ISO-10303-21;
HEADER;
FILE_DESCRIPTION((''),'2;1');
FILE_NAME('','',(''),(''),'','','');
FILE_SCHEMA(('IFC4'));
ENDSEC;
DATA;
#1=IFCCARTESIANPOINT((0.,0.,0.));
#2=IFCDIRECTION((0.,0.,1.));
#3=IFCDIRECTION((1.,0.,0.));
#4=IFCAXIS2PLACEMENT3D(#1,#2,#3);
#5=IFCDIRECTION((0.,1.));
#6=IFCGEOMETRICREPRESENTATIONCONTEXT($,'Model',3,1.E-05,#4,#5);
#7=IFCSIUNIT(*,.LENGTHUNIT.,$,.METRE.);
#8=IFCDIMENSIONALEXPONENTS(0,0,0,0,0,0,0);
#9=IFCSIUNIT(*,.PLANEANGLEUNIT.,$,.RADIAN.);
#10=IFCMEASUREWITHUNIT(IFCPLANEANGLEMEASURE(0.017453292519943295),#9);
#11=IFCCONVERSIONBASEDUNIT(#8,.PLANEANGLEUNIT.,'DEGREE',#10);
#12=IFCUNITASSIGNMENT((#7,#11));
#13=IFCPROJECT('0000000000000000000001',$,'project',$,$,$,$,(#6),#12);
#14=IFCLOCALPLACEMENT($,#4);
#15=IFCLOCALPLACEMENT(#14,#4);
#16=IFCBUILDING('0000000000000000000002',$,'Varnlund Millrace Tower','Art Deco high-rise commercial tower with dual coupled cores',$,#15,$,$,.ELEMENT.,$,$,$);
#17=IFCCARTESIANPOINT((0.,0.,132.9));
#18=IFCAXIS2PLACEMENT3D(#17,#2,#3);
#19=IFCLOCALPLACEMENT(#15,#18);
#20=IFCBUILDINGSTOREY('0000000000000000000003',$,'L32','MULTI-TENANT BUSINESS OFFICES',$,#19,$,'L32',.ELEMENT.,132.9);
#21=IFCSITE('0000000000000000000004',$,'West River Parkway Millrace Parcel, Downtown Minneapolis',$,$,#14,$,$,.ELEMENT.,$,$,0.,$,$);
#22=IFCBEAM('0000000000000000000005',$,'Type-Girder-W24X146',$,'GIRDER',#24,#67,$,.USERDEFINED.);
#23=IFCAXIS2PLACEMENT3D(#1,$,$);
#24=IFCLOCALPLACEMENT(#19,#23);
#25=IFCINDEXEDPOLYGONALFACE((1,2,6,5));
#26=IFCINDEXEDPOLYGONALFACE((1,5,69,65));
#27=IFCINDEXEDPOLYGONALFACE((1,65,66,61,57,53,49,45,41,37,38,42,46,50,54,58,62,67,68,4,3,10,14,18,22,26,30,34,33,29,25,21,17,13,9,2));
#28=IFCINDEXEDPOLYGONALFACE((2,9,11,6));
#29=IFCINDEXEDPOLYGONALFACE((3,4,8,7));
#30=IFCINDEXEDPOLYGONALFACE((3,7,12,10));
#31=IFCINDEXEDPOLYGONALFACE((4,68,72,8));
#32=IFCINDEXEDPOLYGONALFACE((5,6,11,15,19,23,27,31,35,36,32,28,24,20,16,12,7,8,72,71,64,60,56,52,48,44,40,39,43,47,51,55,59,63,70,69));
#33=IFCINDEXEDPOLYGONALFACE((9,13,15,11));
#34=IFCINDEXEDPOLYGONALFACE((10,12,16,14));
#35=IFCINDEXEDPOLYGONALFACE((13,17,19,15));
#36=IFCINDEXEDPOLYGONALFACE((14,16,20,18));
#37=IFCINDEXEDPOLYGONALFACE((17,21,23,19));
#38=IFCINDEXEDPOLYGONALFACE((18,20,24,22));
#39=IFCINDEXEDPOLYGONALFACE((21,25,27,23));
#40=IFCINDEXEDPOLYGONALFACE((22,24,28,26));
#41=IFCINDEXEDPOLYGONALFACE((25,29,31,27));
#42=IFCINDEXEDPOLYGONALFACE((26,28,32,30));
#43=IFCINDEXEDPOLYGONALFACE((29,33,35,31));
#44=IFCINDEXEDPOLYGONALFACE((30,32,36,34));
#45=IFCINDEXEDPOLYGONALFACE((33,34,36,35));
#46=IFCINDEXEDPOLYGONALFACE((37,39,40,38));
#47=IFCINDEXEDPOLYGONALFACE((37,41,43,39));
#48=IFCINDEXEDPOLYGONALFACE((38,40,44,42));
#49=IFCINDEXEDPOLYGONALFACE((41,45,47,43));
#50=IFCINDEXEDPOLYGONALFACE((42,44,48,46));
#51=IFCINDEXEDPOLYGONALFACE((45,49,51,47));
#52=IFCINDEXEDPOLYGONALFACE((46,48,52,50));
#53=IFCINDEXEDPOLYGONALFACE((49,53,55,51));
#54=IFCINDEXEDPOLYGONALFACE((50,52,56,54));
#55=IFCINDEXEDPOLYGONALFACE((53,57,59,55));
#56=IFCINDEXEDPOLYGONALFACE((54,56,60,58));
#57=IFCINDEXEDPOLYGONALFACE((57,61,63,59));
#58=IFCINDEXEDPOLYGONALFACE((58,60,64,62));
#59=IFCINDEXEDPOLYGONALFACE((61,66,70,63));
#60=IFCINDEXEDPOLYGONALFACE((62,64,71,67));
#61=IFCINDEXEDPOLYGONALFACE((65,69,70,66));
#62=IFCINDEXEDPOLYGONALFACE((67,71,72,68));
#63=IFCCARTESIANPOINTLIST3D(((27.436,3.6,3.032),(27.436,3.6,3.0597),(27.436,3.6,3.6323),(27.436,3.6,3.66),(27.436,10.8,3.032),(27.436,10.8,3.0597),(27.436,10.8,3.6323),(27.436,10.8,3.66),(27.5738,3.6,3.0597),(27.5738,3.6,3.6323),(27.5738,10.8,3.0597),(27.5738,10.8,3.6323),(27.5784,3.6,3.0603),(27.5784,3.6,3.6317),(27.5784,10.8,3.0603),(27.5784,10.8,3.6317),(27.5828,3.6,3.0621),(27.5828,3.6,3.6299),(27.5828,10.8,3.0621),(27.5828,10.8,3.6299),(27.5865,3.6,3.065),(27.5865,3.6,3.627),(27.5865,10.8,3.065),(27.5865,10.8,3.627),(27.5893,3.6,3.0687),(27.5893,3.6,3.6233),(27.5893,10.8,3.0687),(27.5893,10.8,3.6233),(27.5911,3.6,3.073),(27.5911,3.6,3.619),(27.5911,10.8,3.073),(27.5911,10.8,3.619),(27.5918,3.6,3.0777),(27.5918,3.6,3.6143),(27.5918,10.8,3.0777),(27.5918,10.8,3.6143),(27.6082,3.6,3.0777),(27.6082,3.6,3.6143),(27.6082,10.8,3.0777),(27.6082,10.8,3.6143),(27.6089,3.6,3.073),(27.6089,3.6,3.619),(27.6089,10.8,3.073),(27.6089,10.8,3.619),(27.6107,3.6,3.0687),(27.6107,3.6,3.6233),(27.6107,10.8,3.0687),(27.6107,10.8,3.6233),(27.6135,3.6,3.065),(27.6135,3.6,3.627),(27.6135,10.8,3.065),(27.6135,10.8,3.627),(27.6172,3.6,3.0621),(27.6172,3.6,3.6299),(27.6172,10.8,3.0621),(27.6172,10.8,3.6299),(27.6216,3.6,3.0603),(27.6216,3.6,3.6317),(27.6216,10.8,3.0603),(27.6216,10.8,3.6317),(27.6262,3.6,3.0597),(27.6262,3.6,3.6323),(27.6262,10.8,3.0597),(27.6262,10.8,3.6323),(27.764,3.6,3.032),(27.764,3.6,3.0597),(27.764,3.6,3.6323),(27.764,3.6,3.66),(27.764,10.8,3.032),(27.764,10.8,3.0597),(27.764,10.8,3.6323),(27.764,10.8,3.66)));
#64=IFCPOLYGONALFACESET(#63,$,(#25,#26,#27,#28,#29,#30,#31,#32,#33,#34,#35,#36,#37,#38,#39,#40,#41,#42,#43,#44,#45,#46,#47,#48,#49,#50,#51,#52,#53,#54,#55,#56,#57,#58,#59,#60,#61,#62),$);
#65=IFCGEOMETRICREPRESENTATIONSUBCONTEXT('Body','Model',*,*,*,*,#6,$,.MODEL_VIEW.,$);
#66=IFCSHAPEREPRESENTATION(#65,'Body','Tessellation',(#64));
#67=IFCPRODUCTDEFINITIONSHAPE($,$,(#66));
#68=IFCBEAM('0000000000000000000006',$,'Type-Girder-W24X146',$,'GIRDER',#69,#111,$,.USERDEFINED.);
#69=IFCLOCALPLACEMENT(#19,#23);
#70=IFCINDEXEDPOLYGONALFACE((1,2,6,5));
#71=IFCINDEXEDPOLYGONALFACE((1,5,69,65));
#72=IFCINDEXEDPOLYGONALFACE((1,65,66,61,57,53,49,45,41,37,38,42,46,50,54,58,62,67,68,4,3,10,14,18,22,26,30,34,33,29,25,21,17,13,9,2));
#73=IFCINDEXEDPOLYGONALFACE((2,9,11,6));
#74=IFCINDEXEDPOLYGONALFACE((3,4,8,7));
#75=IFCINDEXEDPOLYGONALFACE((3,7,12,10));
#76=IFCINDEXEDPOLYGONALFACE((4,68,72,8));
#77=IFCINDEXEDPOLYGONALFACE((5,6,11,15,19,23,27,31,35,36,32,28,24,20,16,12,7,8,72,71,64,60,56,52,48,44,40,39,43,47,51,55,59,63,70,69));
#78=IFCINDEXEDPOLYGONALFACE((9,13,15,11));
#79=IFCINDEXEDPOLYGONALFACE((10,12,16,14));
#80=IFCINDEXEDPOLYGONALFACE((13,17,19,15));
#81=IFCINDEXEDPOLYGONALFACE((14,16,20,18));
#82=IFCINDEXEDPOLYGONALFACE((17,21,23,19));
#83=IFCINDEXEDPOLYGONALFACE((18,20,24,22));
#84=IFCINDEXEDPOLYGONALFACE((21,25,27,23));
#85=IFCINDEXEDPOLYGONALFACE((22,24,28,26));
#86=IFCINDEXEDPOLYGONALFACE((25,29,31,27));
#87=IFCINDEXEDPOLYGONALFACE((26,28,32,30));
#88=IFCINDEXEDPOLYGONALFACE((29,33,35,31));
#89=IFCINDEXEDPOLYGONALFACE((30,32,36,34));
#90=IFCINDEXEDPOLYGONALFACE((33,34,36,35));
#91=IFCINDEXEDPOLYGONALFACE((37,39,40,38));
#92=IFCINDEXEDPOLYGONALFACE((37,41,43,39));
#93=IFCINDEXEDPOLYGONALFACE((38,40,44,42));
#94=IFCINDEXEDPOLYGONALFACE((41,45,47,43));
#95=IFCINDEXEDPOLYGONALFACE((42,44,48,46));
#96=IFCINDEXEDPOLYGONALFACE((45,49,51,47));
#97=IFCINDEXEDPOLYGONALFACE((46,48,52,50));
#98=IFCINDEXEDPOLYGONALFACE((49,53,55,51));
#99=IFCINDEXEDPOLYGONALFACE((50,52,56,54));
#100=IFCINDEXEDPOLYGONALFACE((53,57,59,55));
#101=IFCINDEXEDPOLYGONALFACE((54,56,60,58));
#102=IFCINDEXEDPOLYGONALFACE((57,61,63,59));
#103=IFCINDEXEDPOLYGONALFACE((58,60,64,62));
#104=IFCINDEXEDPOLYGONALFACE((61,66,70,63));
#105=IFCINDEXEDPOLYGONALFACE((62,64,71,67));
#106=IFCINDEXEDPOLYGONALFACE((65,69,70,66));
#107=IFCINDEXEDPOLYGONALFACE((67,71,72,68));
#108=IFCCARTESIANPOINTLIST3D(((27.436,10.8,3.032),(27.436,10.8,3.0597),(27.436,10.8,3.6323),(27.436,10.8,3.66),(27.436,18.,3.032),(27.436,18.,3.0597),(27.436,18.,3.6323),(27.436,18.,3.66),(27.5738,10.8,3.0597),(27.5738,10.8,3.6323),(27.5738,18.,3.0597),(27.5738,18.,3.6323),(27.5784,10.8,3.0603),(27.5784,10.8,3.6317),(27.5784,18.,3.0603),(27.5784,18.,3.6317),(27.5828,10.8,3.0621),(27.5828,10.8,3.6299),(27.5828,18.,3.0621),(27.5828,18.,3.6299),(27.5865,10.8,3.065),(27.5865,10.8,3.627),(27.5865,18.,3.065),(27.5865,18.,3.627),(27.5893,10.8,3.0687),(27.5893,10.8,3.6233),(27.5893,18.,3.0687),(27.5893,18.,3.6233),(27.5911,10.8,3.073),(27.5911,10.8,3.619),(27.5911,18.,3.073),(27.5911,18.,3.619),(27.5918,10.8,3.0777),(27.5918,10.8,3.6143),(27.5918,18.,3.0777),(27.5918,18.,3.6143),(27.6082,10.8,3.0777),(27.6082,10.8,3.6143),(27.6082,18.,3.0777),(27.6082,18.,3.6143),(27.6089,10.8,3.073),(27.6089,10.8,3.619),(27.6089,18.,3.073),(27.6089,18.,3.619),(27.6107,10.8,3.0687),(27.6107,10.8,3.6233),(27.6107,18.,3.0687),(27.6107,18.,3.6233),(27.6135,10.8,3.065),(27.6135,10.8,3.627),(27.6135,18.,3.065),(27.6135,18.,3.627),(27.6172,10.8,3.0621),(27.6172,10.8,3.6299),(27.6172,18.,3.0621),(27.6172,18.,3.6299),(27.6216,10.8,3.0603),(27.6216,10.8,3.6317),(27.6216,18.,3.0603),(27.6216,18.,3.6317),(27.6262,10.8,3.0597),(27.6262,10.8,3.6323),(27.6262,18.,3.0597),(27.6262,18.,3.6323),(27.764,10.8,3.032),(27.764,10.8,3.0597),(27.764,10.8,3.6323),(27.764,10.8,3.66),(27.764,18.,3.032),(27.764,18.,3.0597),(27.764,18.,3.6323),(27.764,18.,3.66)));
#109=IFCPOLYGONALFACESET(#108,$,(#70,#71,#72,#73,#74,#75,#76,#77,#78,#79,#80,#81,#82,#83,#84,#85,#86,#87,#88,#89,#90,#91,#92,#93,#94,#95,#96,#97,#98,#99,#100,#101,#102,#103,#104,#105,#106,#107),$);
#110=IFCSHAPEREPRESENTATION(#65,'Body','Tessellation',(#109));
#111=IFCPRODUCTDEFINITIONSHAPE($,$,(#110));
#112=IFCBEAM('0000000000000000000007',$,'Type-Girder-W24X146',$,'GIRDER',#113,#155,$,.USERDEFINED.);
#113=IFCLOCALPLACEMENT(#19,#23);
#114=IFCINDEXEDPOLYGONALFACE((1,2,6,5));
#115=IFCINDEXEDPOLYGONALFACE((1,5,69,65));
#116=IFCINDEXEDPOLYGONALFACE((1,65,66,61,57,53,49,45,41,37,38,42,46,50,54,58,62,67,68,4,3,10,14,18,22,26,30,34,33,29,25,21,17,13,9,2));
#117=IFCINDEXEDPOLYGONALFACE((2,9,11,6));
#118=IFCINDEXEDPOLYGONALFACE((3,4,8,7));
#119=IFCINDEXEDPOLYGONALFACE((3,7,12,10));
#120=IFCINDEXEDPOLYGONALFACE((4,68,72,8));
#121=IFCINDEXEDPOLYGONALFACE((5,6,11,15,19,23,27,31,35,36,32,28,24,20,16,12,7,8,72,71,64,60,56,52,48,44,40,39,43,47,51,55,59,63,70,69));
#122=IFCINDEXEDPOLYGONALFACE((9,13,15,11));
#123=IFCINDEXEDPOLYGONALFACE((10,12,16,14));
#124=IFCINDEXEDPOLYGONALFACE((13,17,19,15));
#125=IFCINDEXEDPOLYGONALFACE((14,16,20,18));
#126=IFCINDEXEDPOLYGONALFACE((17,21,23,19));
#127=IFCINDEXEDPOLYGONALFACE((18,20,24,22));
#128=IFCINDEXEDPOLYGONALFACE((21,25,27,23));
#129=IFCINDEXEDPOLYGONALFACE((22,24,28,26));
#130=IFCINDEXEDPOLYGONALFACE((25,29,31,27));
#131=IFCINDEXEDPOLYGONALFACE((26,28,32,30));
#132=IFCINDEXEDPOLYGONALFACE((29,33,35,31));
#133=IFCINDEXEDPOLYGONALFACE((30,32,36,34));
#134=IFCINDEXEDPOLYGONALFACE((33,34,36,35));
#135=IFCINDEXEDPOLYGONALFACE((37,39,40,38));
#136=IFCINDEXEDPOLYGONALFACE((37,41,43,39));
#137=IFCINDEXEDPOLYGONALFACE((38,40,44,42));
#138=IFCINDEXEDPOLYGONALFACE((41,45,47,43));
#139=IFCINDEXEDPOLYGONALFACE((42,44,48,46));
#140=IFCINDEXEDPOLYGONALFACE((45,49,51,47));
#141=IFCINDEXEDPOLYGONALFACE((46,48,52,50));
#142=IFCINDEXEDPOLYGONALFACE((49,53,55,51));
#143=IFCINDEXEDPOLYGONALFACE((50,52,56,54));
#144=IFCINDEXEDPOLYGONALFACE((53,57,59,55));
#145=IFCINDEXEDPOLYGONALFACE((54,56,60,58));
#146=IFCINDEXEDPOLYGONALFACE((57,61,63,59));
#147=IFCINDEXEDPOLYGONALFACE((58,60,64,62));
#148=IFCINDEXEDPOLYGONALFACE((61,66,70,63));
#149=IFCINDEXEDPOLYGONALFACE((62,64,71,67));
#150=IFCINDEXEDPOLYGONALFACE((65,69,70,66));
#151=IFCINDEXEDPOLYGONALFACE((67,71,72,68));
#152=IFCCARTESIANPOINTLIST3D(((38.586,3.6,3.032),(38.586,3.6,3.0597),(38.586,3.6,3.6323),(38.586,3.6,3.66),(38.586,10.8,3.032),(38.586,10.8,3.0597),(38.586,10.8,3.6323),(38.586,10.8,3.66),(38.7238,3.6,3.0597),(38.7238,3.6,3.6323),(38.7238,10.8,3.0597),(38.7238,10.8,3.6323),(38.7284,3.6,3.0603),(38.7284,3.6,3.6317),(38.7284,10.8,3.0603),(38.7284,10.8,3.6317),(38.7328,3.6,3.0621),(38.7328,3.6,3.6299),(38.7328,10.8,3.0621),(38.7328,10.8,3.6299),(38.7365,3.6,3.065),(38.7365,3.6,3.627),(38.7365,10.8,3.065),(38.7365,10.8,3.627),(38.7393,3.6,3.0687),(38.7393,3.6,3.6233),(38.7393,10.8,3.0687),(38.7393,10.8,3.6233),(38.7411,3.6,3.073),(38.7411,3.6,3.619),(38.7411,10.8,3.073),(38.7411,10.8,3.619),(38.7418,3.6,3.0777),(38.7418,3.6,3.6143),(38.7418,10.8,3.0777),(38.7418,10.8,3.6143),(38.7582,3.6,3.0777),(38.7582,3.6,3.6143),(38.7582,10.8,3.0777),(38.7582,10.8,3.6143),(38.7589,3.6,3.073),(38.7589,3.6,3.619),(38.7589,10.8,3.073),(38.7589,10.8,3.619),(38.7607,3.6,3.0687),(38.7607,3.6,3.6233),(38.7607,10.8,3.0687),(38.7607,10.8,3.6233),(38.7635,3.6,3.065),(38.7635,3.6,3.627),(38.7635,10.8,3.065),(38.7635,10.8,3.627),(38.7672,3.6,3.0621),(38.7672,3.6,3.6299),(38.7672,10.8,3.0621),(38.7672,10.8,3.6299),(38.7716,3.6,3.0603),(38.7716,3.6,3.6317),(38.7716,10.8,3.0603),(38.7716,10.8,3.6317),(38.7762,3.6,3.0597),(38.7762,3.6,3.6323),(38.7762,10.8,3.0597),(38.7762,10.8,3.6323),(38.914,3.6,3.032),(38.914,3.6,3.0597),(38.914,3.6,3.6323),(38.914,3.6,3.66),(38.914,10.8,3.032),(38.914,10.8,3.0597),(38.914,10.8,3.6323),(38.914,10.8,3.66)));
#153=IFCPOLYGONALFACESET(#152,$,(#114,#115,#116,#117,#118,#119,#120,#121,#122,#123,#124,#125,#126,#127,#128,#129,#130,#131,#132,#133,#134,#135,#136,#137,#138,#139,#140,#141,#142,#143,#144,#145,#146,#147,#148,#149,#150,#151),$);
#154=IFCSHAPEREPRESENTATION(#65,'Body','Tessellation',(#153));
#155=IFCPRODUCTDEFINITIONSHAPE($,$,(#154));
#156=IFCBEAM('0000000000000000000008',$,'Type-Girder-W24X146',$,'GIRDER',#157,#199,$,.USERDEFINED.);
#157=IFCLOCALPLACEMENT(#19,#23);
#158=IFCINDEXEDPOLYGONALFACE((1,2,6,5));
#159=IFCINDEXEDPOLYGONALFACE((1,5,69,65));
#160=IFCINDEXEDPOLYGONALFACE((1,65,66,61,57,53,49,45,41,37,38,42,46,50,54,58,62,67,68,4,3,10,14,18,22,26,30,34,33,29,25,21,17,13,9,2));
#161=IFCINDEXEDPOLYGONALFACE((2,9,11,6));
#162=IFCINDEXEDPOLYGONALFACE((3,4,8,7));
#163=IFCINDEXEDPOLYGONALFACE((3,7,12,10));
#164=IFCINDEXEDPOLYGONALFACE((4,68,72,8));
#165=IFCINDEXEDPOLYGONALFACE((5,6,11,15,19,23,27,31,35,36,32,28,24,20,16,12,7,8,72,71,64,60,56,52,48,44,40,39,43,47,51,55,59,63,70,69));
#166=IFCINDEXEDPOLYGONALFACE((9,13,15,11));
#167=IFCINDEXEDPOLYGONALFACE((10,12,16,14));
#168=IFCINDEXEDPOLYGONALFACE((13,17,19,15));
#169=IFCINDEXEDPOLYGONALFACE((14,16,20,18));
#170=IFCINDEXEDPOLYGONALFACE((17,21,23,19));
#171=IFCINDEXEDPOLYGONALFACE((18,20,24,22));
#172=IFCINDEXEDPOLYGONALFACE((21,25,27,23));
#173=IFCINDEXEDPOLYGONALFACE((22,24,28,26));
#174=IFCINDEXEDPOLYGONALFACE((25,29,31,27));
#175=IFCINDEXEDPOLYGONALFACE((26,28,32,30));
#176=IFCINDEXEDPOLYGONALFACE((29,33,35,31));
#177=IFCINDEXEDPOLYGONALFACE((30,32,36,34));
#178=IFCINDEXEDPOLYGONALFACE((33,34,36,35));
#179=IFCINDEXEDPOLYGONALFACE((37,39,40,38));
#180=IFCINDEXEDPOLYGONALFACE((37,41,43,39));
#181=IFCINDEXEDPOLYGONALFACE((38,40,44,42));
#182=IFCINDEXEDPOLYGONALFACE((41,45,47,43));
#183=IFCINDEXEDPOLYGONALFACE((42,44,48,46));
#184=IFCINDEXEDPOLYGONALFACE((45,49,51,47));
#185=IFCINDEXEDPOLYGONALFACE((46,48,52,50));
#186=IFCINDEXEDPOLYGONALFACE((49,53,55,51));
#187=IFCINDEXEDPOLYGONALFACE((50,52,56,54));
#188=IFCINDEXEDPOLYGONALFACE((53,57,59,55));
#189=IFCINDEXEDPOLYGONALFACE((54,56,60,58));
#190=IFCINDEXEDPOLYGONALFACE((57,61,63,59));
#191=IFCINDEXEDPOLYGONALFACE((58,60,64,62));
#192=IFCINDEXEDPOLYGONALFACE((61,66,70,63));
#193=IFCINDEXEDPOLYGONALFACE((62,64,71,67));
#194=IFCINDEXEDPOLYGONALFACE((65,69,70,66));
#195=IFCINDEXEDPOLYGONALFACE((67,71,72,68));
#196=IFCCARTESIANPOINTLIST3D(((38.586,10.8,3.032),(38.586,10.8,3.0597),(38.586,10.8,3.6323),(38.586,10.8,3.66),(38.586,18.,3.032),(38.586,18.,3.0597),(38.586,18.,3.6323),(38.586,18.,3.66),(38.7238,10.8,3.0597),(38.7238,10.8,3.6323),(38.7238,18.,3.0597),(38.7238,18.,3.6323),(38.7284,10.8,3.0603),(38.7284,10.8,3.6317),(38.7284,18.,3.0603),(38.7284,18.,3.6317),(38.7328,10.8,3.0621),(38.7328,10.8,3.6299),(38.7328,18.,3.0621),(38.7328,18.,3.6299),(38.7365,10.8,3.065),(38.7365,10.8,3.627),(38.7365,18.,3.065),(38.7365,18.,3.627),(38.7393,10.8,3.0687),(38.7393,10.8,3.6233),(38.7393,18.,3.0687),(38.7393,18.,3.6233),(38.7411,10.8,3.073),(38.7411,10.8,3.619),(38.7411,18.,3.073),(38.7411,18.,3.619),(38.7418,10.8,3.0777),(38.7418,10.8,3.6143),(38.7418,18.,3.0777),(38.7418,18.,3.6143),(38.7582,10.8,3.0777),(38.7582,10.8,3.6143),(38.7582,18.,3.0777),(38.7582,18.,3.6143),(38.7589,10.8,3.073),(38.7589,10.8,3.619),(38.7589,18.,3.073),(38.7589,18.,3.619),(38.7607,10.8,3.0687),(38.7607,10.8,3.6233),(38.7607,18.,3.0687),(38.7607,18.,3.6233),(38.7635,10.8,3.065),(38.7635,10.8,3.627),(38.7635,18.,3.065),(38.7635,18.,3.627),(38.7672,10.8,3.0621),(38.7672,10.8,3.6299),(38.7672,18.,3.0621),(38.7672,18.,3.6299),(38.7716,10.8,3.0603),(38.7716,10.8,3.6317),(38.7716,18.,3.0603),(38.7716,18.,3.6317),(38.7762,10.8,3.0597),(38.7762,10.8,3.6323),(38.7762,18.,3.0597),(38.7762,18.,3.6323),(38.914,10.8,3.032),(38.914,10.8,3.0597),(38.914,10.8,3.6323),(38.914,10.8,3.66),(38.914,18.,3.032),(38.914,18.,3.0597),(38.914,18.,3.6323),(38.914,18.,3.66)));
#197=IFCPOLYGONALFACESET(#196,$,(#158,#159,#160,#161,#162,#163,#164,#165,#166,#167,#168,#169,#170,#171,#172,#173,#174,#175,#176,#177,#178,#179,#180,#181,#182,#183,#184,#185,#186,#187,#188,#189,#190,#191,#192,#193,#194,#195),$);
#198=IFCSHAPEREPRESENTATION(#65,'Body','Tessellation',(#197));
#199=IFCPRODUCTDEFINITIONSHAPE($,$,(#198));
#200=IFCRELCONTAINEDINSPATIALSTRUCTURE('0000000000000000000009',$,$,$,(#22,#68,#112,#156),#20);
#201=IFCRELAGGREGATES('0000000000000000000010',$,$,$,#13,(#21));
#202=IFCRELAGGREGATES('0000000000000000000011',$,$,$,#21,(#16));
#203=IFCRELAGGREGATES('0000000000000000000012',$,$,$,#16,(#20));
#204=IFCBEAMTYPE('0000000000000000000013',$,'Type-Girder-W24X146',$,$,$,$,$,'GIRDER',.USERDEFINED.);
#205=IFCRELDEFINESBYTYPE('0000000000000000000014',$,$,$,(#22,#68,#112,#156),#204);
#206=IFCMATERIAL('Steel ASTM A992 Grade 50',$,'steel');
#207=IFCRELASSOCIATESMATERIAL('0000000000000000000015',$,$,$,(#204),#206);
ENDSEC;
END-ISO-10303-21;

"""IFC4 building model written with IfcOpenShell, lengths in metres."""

from ifc_helpers import new_model, entity, si_unit, converted_unit, direction, frame, origin_with_axes, origin_2d_with_axis, place, context, subcontext, project, spatial, i_section, extrude, material, material_profile, profile_set, type_object, element, save


model = new_model("IFC4")

# Units and contexts
model_context = context("Model", 3, precision=1e-05, world=origin_with_axes(), true_north=direction((0.0, 1.0)))
body_context = subcontext(model_context, "Body", "Model", "MODEL_VIEW")
ifc_project = project(units=[si_unit("LENGTHUNIT", "METRE"), converted_unit("PLANEANGLEUNIT", "DEGREE", entity("IfcPlaneAngleMeasure", 0.017453292519943295), si_unit("PLANEANGLEUNIT", "RADIAN"), dimensions=[0, 0, 0, 0, 0, 0, 0])], contexts=[model_context])

# Site, building, storey
site_placement = place(None, origin_with_axes())
site = spatial("IfcSite", under=ifc_project, at=site_placement, Name="West River Parkway Millrace Parcel, Downtown Minneapolis", CompositionType="ELEMENT", RefElevation=0.0)
building_placement = place(site_placement, origin_with_axes())
building = spatial("IfcBuilding", under=site, at=building_placement, Name="Varnlund Millrace Tower", Description="Art Deco high-rise commercial tower with dual coupled cores", CompositionType="ELEMENT")
storey_placement = place(building_placement, frame((0.0, 0.0, 132.9), z_axis=(0.0, 0.0, 1.0), x_axis=(1.0, 0.0, 0.0)))
storey = spatial("IfcBuildingStorey", under=building, at=storey_placement, Name="L32", Description="MULTI-TENANT BUSINESS OFFICES", LongName="L32", CompositionType="ELEMENT", Elevation=132.9)

# Beams
ifc_material_1 = material(Name="Steel ASTM A992 Grade 50", Category="steel")
ifc_material_profile_1 = material_profile(ifc_material_1, i_section(OverallWidth=0.328, OverallDepth=0.628, WebThickness=0.0165, FlangeThickness=0.0277, FilletRadius=0.018, at=origin_2d_with_axis()), Name="Steel ASTM A992 Grade 50")
ifc_profile_set_1 = profile_set([ifc_material_profile_1], Name="Steel ASTM A992 Grade 50")
beam_type_1 = type_object("IfcBeamType", Name="Type-Girder-W24X146", ElementType="GIRDER", PredefinedType="USERDEFINED", material=ifc_profile_set_1)
for number, where, z_axis, x_axis, name in (
    (1, (27.6, 3.6, 3.346), (0.0, 1.0, 0.0), (-1.0, 0.0, 0.0), "Type-Girder-W24X146"),
    (2, (27.6, 10.8, 3.346), (0.0, 1.0, 0.0), (-1.0, 0.0, 0.0), "Type-Girder-W24X146"),
    (3, (38.75, 3.6, 3.346), (0.0, 1.0, 0.0), (-1.0, 0.0, 0.0), "Type-Girder-W24X146"),
    (4, (38.75, 10.8, 3.346), (0.0, 1.0, 0.0), (-1.0, 0.0, 0.0), "Type-Girder-W24X146"),
):
    element("IfcBeam", number, at=place(storey_placement, frame(where, z_axis=z_axis, x_axis=x_axis)), inside=storey, type_object=beam_type_1, Name=name, ObjectType="GIRDER", PredefinedType="USERDEFINED", context=body_context, shape_type="SweptSolid", body=[
        extrude(i_section(OverallWidth=0.328, OverallDepth=0.628, WebThickness=0.0165, FlangeThickness=0.0277, FilletRadius=0.018, at=origin_2d_with_axis()), origin_with_axes(), (0.0, 0.0, 1.0), 7.2),
    ])

save(model, "model.ifc")
